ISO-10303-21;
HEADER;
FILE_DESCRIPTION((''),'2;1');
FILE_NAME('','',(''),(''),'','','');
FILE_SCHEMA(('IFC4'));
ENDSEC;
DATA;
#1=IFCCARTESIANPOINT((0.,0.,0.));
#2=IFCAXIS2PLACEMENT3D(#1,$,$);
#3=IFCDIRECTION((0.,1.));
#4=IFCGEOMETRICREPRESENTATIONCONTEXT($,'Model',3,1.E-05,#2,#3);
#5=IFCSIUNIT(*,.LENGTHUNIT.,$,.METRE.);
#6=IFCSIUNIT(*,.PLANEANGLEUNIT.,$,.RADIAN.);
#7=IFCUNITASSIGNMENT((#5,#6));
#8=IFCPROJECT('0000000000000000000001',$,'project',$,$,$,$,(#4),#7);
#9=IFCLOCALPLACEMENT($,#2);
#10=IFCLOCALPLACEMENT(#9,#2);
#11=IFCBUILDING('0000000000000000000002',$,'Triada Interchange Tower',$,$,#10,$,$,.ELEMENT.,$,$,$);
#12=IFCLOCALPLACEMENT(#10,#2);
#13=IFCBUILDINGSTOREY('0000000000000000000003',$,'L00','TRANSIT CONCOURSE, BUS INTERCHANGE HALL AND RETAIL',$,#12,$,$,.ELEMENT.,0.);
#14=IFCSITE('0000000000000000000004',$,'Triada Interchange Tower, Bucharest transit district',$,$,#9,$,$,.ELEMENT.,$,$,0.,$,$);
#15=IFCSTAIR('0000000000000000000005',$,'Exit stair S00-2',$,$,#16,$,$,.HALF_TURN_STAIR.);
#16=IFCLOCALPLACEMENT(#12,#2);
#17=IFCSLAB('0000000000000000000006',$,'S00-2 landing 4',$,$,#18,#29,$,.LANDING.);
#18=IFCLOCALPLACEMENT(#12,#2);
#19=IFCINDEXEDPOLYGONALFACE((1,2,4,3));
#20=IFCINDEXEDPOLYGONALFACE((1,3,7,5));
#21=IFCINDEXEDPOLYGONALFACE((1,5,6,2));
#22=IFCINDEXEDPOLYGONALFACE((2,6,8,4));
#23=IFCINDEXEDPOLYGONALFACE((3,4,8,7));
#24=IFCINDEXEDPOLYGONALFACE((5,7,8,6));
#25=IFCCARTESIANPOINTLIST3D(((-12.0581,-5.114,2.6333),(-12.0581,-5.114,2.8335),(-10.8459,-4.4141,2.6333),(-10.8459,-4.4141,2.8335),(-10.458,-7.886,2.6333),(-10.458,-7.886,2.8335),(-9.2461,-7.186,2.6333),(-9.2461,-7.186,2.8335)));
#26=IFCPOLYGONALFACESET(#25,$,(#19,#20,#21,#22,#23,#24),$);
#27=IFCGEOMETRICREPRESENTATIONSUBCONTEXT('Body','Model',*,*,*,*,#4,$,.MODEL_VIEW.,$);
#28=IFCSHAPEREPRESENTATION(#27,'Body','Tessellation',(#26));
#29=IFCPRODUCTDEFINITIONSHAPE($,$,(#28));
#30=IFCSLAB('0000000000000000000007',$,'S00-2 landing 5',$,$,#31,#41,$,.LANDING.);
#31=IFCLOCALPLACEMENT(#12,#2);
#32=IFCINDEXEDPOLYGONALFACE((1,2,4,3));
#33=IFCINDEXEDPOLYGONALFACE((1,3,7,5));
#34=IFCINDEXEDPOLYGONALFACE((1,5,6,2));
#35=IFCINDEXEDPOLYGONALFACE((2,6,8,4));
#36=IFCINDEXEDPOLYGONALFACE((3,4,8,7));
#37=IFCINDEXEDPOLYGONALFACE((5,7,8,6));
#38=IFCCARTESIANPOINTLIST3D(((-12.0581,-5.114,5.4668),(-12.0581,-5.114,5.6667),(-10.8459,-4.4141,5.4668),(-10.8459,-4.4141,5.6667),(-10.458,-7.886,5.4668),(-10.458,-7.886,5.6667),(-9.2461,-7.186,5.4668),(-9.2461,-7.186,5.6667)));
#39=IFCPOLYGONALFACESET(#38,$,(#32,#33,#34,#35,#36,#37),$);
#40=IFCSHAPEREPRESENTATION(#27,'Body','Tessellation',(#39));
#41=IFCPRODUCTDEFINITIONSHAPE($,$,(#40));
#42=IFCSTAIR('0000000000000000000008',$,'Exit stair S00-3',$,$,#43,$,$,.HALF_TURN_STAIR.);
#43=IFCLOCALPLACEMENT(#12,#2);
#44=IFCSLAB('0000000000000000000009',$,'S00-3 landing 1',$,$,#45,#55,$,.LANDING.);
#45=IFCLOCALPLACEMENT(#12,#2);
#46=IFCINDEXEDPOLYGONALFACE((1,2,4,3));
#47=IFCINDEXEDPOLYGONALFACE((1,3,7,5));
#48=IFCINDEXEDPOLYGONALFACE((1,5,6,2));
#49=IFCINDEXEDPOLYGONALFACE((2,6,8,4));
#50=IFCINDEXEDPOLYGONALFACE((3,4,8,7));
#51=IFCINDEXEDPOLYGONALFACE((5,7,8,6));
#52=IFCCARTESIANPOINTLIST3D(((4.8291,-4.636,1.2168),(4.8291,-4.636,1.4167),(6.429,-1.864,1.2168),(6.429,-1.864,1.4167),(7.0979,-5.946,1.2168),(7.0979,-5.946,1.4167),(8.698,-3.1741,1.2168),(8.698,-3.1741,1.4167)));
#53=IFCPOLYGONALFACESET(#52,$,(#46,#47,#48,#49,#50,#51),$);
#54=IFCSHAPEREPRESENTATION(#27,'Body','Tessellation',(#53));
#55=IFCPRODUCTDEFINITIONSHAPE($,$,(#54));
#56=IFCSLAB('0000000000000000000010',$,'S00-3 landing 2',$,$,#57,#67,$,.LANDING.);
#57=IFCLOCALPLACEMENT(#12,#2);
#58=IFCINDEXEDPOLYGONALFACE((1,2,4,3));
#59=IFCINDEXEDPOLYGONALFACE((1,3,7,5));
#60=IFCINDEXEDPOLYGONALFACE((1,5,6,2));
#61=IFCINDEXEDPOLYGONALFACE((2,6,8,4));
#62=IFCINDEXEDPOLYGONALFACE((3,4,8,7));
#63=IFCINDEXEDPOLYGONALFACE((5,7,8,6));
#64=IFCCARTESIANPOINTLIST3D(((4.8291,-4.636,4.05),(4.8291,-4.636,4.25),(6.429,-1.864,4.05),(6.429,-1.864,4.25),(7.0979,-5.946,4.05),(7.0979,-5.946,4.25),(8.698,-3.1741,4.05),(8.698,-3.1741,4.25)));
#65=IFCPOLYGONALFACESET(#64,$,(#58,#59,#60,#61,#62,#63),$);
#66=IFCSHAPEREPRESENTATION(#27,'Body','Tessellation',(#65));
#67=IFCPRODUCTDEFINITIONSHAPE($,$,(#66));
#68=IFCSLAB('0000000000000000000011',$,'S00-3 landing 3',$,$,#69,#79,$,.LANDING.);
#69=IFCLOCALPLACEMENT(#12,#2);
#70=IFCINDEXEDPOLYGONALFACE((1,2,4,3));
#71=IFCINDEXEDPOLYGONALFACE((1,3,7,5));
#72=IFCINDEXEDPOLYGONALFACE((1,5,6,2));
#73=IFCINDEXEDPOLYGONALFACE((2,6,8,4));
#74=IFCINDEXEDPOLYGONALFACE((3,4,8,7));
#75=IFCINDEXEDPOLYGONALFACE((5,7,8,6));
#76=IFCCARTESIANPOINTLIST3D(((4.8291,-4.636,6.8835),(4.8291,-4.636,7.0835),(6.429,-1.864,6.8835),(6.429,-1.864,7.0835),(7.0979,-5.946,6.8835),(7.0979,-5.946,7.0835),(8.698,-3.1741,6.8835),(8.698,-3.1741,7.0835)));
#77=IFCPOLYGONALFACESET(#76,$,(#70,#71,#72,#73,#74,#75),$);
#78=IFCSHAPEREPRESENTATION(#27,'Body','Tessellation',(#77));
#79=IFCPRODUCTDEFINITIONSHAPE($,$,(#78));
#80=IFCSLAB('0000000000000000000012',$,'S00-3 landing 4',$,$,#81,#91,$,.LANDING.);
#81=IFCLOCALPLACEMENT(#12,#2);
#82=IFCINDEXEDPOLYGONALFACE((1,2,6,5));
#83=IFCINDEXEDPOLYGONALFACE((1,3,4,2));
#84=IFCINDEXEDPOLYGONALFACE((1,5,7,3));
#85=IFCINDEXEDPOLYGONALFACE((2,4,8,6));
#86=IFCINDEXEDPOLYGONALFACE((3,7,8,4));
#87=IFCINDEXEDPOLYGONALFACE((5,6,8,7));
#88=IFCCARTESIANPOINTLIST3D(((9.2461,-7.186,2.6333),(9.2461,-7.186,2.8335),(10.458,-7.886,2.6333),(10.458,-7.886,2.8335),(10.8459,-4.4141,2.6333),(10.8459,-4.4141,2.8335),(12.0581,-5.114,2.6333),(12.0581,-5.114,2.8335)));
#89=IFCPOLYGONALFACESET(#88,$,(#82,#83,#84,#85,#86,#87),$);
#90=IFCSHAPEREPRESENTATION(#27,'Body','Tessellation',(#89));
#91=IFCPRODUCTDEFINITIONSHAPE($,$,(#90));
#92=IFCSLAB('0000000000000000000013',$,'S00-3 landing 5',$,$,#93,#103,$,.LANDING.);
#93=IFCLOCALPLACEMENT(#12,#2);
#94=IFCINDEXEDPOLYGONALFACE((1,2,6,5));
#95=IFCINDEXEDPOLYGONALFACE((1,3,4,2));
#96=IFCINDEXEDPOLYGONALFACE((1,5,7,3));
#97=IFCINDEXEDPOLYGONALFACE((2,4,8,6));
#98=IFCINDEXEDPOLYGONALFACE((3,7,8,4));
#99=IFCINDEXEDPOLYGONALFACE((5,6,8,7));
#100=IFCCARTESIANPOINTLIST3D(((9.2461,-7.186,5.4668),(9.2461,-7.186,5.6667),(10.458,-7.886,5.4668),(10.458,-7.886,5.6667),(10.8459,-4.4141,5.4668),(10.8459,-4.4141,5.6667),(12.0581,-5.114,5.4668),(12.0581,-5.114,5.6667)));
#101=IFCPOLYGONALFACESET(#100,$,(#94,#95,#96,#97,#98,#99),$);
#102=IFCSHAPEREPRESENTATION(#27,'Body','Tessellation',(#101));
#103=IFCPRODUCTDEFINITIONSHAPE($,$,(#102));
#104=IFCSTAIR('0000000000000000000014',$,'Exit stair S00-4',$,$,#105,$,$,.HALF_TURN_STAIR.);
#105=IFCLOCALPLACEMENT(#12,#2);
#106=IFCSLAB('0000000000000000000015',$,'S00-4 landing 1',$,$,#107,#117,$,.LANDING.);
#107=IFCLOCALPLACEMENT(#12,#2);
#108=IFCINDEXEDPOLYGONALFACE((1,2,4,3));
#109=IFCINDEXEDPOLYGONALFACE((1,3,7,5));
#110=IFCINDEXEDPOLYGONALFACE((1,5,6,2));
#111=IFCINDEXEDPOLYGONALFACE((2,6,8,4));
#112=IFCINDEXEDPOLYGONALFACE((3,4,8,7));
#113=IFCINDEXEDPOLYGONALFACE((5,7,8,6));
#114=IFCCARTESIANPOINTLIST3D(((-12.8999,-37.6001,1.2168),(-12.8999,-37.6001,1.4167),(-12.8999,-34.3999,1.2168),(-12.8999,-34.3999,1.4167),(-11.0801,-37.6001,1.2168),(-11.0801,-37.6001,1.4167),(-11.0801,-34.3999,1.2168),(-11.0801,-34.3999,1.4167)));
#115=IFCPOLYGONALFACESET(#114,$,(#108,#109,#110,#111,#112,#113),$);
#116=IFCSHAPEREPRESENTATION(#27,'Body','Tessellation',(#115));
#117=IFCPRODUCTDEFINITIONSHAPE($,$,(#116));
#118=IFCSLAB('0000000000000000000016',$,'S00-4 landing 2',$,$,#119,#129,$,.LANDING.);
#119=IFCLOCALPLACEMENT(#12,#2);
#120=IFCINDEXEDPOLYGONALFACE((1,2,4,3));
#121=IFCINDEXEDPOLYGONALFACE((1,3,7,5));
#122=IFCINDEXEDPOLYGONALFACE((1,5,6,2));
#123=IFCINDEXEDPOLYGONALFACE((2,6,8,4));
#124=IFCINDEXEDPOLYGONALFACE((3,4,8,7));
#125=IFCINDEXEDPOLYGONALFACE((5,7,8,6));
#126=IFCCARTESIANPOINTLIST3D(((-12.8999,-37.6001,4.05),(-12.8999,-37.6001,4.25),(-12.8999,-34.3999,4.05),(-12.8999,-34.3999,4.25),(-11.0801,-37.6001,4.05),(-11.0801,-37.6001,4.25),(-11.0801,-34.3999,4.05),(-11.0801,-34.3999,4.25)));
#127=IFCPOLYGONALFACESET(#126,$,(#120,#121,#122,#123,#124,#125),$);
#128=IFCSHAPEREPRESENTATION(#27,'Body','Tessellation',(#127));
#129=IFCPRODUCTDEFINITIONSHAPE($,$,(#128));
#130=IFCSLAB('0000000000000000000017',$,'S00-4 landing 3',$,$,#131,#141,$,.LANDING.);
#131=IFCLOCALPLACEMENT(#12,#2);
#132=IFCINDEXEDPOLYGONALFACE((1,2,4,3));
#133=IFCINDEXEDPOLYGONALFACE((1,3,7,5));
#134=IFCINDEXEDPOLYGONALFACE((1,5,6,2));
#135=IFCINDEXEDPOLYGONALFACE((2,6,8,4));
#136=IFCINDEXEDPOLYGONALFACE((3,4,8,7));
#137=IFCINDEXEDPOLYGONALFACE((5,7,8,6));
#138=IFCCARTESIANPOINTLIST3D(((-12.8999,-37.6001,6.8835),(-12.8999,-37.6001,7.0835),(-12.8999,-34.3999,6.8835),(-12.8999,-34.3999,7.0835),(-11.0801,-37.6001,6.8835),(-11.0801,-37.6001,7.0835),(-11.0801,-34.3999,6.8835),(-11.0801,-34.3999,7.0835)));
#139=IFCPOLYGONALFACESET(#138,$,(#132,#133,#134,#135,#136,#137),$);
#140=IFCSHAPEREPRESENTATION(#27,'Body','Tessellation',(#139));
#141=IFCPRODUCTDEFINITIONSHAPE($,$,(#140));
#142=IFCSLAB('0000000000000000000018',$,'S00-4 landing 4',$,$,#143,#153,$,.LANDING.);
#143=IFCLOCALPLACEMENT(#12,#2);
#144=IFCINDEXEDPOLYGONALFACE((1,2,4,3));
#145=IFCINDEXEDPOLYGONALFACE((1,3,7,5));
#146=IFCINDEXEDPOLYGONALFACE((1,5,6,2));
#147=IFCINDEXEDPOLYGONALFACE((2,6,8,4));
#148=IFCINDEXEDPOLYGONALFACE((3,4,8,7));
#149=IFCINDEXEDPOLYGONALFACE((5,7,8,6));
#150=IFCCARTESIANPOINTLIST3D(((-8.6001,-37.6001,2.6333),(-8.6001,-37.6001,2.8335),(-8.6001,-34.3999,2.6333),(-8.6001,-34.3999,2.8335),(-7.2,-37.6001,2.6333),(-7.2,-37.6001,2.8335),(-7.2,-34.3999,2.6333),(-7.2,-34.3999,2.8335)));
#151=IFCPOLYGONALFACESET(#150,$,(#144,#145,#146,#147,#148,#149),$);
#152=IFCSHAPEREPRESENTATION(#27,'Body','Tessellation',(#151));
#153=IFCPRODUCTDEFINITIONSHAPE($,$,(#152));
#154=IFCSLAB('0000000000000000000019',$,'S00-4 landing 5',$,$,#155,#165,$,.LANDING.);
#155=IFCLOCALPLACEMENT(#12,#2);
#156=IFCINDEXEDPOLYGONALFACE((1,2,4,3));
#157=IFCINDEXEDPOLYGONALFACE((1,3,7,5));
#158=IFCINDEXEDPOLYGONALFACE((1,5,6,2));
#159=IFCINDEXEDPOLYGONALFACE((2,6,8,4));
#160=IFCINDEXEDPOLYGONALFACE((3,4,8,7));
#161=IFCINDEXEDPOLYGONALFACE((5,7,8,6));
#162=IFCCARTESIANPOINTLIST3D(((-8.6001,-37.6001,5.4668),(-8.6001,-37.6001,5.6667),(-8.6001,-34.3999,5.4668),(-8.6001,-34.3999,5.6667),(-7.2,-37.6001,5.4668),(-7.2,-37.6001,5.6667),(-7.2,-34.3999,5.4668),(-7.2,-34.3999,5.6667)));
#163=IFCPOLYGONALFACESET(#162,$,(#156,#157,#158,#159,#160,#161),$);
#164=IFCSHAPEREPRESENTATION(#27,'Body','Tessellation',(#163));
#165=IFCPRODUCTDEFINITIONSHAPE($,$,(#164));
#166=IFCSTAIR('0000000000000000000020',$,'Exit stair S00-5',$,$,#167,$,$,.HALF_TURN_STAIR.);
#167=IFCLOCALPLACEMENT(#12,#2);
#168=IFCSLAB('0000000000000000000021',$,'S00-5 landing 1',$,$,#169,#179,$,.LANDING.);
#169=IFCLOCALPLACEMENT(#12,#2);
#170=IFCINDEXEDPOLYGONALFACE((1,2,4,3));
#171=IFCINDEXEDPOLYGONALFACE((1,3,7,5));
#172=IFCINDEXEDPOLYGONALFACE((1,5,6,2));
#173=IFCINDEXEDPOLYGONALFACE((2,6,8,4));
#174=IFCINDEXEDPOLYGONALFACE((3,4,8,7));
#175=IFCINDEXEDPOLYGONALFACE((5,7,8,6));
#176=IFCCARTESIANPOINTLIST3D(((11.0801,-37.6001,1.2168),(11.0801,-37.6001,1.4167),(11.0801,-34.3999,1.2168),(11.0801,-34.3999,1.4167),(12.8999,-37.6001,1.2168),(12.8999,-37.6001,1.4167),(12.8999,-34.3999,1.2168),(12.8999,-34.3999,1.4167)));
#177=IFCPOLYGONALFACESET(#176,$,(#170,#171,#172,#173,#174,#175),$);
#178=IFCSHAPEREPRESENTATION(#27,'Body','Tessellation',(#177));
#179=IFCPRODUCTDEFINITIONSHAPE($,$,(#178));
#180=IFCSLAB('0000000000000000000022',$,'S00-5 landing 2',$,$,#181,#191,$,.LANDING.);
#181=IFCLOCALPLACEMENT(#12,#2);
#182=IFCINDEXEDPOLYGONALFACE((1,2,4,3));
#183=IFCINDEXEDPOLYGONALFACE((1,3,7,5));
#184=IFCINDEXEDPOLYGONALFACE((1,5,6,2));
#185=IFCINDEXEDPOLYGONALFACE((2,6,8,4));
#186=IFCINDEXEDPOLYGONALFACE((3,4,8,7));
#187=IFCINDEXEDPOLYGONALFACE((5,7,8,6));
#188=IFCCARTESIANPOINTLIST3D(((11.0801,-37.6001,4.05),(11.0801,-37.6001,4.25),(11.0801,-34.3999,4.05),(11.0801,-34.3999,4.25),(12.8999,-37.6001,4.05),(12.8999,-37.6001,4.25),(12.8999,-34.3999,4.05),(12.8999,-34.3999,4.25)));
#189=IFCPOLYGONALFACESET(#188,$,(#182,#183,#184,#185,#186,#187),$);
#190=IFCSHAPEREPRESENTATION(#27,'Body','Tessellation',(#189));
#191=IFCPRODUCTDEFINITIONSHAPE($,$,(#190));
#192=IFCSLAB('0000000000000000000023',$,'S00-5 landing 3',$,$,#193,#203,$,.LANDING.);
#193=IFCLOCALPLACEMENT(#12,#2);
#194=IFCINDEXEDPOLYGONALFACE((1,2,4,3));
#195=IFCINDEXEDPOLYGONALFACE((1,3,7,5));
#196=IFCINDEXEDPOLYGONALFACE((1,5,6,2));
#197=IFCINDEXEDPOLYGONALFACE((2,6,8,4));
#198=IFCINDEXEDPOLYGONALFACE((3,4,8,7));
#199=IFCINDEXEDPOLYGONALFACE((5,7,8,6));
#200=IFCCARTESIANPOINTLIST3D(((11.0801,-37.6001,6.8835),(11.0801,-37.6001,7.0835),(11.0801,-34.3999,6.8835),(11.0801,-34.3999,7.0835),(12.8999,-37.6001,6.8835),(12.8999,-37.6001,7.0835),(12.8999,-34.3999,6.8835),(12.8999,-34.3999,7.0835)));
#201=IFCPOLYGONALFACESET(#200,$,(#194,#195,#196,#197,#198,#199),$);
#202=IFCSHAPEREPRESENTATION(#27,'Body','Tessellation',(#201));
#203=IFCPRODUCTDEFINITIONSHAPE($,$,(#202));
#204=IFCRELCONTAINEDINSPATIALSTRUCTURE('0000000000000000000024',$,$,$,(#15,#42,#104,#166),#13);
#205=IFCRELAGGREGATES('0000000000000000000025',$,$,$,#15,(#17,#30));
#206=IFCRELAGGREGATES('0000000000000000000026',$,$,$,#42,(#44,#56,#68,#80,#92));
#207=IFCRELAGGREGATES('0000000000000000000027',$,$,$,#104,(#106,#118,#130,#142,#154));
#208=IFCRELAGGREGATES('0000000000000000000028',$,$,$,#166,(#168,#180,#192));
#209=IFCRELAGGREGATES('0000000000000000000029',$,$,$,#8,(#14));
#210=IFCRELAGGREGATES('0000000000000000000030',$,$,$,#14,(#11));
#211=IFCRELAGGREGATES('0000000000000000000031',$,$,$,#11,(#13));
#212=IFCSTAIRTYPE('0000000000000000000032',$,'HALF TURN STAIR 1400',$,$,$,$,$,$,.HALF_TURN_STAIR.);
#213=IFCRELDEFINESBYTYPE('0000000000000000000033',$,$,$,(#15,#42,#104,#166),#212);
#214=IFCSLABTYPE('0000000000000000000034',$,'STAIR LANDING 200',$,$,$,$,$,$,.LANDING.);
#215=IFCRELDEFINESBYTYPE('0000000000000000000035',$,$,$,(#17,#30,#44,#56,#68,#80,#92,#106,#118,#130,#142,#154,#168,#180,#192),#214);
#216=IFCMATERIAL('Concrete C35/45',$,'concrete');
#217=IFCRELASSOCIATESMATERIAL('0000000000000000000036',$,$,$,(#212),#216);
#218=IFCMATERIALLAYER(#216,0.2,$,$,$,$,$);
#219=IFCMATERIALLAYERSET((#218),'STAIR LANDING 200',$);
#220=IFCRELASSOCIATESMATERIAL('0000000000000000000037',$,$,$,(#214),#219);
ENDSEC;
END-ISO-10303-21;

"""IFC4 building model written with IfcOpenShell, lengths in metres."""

from ifc_helpers import new_model, si_unit, direction, frame, origin, place, context, subcontext, project, spatial, polyline, outline, extrude, material, layer, layer_set, type_object, element, aggregate, save


model = new_model("IFC4")

# Units and contexts
model_context = context("Model", 3, precision=1e-05, world=origin(), true_north=direction((0.0, 1.0)))
body_context = subcontext(model_context, "Body", "Model", "MODEL_VIEW")
ifc_project = project(units=[si_unit("LENGTHUNIT", "METRE"), si_unit("PLANEANGLEUNIT", "RADIAN")], contexts=[model_context])

# Site, building, storey
site_placement = place(None, origin())
site = spatial("IfcSite", under=ifc_project, at=site_placement, Name="Triada Interchange Tower, Bucharest transit district", CompositionType="ELEMENT", RefElevation=0.0)
building_placement = place(site_placement, origin())
building = spatial("IfcBuilding", under=site, at=building_placement, Name="Triada Interchange Tower", CompositionType="ELEMENT")
storey_placement = place(building_placement, origin())
storey = spatial("IfcBuildingStorey", under=building, at=storey_placement, Name="L00", Description="TRANSIT CONCOURSE, BUS INTERCHANGE HALL AND RETAIL", CompositionType="ELEMENT", Elevation=0.0)

# Stairs, slabs
ifc_material_1 = material(Name="Concrete C35/45", Category="concrete")
stair_type = type_object("IfcStairType", Name="HALF TURN STAIR 1400", PredefinedType="HALF_TURN_STAIR", material=ifc_material_1)
ifc_layer_1 = layer(ifc_material_1, 0.2)
ifc_layer_set_1 = layer_set([ifc_layer_1], Name="STAIR LANDING 200")
slab_type_1 = type_object("IfcSlabType", Name="STAIR LANDING 200", PredefinedType="LANDING", material=ifc_layer_set_1)
stair_1_placement = place(storey_placement, origin())
stair_1 = element("IfcStair", 1, at=stair_1_placement, inside=storey, type_object=stair_type, Name="Exit stair S00-2", PredefinedType="HALF_TURN_STAIR")
slab_1_placement = place(storey_placement, frame((0.0, 0.0, 2.6333)))
slab_1 = element("IfcSlab", 2, at=slab_1_placement, type_object=slab_type_1, Name="S00-2 landing 4", PredefinedType="LANDING", context=body_context, shape_type="SweptSolid", body=[
    extrude(outline(polyline([(-10.8459, -4.4141), (-12.0581, -5.114), (-10.458, -7.886), (-9.2461, -7.186), (-10.8459, -4.4141)])), origin(), (0.0, 0.0, 1.0), 0.2002),
])
slab_2_placement = place(storey_placement, frame((0.0, 0.0, 5.4668)))
slab_2 = element("IfcSlab", 3, at=slab_2_placement, type_object=slab_type_1, Name="S00-2 landing 5", PredefinedType="LANDING", context=body_context, shape_type="SweptSolid", body=[
    extrude(outline(polyline([(-10.8459, -4.4141), (-12.0581, -5.114), (-10.458, -7.886), (-9.2461, -7.186), (-10.8459, -4.4141)])), origin(), (0.0, 0.0, 1.0), 0.2),
])
aggregate(stair_1, [slab_1, slab_2])
stair_2_placement = place(storey_placement, origin())
stair_2 = element("IfcStair", 4, at=stair_2_placement, inside=storey, type_object=stair_type, Name="Exit stair S00-3", PredefinedType="HALF_TURN_STAIR")
slab_3_placement = place(storey_placement, frame((0.0, 0.0, 1.2168)))
slab_3 = element("IfcSlab", 5, at=slab_3_placement, type_object=slab_type_1, Name="S00-3 landing 1", PredefinedType="LANDING", context=body_context, shape_type="SweptSolid", body=[
    extrude(outline(polyline([(4.8291, -4.636), (7.0979, -5.946), (8.698, -3.1741), (6.429, -1.864), (4.8291, -4.636)])), origin(), (0.0, 0.0, 1.0), 0.2),
])
slab_4_placement = place(storey_placement, frame((0.0, 0.0, 4.05)))
slab_4 = element("IfcSlab", 6, at=slab_4_placement, type_object=slab_type_1, Name="S00-3 landing 2", PredefinedType="LANDING", context=body_context, shape_type="SweptSolid", body=[
    extrude(outline(polyline([(4.8291, -4.636), (7.0979, -5.946), (8.698, -3.1741), (6.429, -1.864), (4.8291, -4.636)])), origin(), (0.0, 0.0, 1.0), 0.2),
])
slab_5_placement = place(storey_placement, frame((0.0, 0.0, 6.8835)))
slab_5 = element("IfcSlab", 7, at=slab_5_placement, type_object=slab_type_1, Name="S00-3 landing 3", PredefinedType="LANDING", context=body_context, shape_type="SweptSolid", body=[
    extrude(outline(polyline([(4.8291, -4.636), (7.0979, -5.946), (8.698, -3.1741), (6.429, -1.864), (4.8291, -4.636)])), origin(), (0.0, 0.0, 1.0), 0.2),
])
slab_6_placement = place(storey_placement, frame((0.0, 0.0, 2.6333)))
slab_6 = element("IfcSlab", 8, at=slab_6_placement, type_object=slab_type_1, Name="S00-3 landing 4", PredefinedType="LANDING", context=body_context, shape_type="SweptSolid", body=[
    extrude(outline(polyline([(9.2461, -7.186), (10.458, -7.886), (12.0581, -5.114), (10.8459, -4.4141), (9.2461, -7.186)])), origin(), (0.0, 0.0, 1.0), 0.2002),
])
slab_7_placement = place(storey_placement, frame((0.0, 0.0, 5.4668)))
slab_7 = element("IfcSlab", 9, at=slab_7_placement, type_object=slab_type_1, Name="S00-3 landing 5", PredefinedType="LANDING", context=body_context, shape_type="SweptSolid", body=[
    extrude(outline(polyline([(9.2461, -7.186), (10.458, -7.886), (12.0581, -5.114), (10.8459, -4.4141), (9.2461, -7.186)])), origin(), (0.0, 0.0, 1.0), 0.2),
])
aggregate(stair_2, [slab_3, slab_4, slab_5, slab_6, slab_7])
stair_3_placement = place(storey_placement, origin())
stair_3 = element("IfcStair", 10, at=stair_3_placement, inside=storey, type_object=stair_type, Name="Exit stair S00-4", PredefinedType="HALF_TURN_STAIR")
slab_8_placement = place(storey_placement, frame((0.0, 0.0, 1.2168)))
slab_8 = element("IfcSlab", 11, at=slab_8_placement, type_object=slab_type_1, Name="S00-4 landing 1", PredefinedType="LANDING", context=body_context, shape_type="SweptSolid", body=[
    extrude(outline(polyline([(-12.8999, -37.6001), (-11.0801, -37.6001), (-11.0801, -34.3999), (-12.8999, -34.3999), (-12.8999, -37.6001)])), origin(), (0.0, 0.0, 1.0), 0.2),
])
slab_9_placement = place(storey_placement, frame((0.0, 0.0, 4.05)))
slab_9 = element("IfcSlab", 12, at=slab_9_placement, type_object=slab_type_1, Name="S00-4 landing 2", PredefinedType="LANDING", context=body_context, shape_type="SweptSolid", body=[
    extrude(outline(polyline([(-12.8999, -37.6001), (-11.0801, -37.6001), (-11.0801, -34.3999), (-12.8999, -34.3999), (-12.8999, -37.6001)])), origin(), (0.0, 0.0, 1.0), 0.2),
])
slab_10_placement = place(storey_placement, frame((0.0, 0.0, 6.8835)))
slab_10 = element("IfcSlab", 13, at=slab_10_placement, type_object=slab_type_1, Name="S00-4 landing 3", PredefinedType="LANDING", context=body_context, shape_type="SweptSolid", body=[
    extrude(outline(polyline([(-12.8999, -37.6001), (-11.0801, -37.6001), (-11.0801, -34.3999), (-12.8999, -34.3999), (-12.8999, -37.6001)])), origin(), (0.0, 0.0, 1.0), 0.2),
])
slab_11_placement = place(storey_placement, frame((0.0, 0.0, 2.6333)))
slab_11 = element("IfcSlab", 14, at=slab_11_placement, type_object=slab_type_1, Name="S00-4 landing 4", PredefinedType="LANDING", context=body_context, shape_type="SweptSolid", body=[
    extrude(outline(polyline([(-8.6001, -37.6001), (-7.2, -37.6001), (-7.2, -34.3999), (-8.6001, -34.3999), (-8.6001, -37.6001)])), origin(), (0.0, 0.0, 1.0), 0.2002),
])
slab_12_placement = place(storey_placement, frame((0.0, 0.0, 5.4668)))
slab_12 = element("IfcSlab", 15, at=slab_12_placement, type_object=slab_type_1, Name="S00-4 landing 5", PredefinedType="LANDING", context=body_context, shape_type="SweptSolid", body=[
    extrude(outline(polyline([(-8.6001, -37.6001), (-7.2, -37.6001), (-7.2, -34.3999), (-8.6001, -34.3999), (-8.6001, -37.6001)])), origin(), (0.0, 0.0, 1.0), 0.2),
])
aggregate(stair_3, [slab_8, slab_9, slab_10, slab_11, slab_12])
stair_4_placement = place(storey_placement, origin())
stair_4 = element("IfcStair", 16, at=stair_4_placement, inside=storey, type_object=stair_type, Name="Exit stair S00-5", PredefinedType="HALF_TURN_STAIR")
slab_13_placement = place(storey_placement, frame((0.0, 0.0, 1.2168)))
slab_13 = element("IfcSlab", 17, at=slab_13_placement, type_object=slab_type_1, Name="S00-5 landing 1", PredefinedType="LANDING", context=body_context, shape_type="SweptSolid", body=[
    extrude(outline(polyline([(12.8999, -34.3999), (11.0801, -34.3999), (11.0801, -37.6001), (12.8999, -37.6001), (12.8999, -34.3999)])), origin(), (0.0, 0.0, 1.0), 0.2),
])
slab_14_placement = place(storey_placement, frame((0.0, 0.0, 4.05)))
slab_14 = element("IfcSlab", 18, at=slab_14_placement, type_object=slab_type_1, Name="S00-5 landing 2", PredefinedType="LANDING", context=body_context, shape_type="SweptSolid", body=[
    extrude(outline(polyline([(12.8999, -34.3999), (11.0801, -34.3999), (11.0801, -37.6001), (12.8999, -37.6001), (12.8999, -34.3999)])), origin(), (0.0, 0.0, 1.0), 0.2),
])
slab_15_placement = place(storey_placement, frame((0.0, 0.0, 6.8835)))
slab_15 = element("IfcSlab", 19, at=slab_15_placement, type_object=slab_type_1, Name="S00-5 landing 3", PredefinedType="LANDING", context=body_context, shape_type="SweptSolid", body=[
    extrude(outline(polyline([(12.8999, -34.3999), (11.0801, -34.3999), (11.0801, -37.6001), (12.8999, -37.6001), (12.8999, -34.3999)])), origin(), (0.0, 0.0, 1.0), 0.2),
])
aggregate(stair_4, [slab_13, slab_14, slab_15])

save(model, "model.ifc")
